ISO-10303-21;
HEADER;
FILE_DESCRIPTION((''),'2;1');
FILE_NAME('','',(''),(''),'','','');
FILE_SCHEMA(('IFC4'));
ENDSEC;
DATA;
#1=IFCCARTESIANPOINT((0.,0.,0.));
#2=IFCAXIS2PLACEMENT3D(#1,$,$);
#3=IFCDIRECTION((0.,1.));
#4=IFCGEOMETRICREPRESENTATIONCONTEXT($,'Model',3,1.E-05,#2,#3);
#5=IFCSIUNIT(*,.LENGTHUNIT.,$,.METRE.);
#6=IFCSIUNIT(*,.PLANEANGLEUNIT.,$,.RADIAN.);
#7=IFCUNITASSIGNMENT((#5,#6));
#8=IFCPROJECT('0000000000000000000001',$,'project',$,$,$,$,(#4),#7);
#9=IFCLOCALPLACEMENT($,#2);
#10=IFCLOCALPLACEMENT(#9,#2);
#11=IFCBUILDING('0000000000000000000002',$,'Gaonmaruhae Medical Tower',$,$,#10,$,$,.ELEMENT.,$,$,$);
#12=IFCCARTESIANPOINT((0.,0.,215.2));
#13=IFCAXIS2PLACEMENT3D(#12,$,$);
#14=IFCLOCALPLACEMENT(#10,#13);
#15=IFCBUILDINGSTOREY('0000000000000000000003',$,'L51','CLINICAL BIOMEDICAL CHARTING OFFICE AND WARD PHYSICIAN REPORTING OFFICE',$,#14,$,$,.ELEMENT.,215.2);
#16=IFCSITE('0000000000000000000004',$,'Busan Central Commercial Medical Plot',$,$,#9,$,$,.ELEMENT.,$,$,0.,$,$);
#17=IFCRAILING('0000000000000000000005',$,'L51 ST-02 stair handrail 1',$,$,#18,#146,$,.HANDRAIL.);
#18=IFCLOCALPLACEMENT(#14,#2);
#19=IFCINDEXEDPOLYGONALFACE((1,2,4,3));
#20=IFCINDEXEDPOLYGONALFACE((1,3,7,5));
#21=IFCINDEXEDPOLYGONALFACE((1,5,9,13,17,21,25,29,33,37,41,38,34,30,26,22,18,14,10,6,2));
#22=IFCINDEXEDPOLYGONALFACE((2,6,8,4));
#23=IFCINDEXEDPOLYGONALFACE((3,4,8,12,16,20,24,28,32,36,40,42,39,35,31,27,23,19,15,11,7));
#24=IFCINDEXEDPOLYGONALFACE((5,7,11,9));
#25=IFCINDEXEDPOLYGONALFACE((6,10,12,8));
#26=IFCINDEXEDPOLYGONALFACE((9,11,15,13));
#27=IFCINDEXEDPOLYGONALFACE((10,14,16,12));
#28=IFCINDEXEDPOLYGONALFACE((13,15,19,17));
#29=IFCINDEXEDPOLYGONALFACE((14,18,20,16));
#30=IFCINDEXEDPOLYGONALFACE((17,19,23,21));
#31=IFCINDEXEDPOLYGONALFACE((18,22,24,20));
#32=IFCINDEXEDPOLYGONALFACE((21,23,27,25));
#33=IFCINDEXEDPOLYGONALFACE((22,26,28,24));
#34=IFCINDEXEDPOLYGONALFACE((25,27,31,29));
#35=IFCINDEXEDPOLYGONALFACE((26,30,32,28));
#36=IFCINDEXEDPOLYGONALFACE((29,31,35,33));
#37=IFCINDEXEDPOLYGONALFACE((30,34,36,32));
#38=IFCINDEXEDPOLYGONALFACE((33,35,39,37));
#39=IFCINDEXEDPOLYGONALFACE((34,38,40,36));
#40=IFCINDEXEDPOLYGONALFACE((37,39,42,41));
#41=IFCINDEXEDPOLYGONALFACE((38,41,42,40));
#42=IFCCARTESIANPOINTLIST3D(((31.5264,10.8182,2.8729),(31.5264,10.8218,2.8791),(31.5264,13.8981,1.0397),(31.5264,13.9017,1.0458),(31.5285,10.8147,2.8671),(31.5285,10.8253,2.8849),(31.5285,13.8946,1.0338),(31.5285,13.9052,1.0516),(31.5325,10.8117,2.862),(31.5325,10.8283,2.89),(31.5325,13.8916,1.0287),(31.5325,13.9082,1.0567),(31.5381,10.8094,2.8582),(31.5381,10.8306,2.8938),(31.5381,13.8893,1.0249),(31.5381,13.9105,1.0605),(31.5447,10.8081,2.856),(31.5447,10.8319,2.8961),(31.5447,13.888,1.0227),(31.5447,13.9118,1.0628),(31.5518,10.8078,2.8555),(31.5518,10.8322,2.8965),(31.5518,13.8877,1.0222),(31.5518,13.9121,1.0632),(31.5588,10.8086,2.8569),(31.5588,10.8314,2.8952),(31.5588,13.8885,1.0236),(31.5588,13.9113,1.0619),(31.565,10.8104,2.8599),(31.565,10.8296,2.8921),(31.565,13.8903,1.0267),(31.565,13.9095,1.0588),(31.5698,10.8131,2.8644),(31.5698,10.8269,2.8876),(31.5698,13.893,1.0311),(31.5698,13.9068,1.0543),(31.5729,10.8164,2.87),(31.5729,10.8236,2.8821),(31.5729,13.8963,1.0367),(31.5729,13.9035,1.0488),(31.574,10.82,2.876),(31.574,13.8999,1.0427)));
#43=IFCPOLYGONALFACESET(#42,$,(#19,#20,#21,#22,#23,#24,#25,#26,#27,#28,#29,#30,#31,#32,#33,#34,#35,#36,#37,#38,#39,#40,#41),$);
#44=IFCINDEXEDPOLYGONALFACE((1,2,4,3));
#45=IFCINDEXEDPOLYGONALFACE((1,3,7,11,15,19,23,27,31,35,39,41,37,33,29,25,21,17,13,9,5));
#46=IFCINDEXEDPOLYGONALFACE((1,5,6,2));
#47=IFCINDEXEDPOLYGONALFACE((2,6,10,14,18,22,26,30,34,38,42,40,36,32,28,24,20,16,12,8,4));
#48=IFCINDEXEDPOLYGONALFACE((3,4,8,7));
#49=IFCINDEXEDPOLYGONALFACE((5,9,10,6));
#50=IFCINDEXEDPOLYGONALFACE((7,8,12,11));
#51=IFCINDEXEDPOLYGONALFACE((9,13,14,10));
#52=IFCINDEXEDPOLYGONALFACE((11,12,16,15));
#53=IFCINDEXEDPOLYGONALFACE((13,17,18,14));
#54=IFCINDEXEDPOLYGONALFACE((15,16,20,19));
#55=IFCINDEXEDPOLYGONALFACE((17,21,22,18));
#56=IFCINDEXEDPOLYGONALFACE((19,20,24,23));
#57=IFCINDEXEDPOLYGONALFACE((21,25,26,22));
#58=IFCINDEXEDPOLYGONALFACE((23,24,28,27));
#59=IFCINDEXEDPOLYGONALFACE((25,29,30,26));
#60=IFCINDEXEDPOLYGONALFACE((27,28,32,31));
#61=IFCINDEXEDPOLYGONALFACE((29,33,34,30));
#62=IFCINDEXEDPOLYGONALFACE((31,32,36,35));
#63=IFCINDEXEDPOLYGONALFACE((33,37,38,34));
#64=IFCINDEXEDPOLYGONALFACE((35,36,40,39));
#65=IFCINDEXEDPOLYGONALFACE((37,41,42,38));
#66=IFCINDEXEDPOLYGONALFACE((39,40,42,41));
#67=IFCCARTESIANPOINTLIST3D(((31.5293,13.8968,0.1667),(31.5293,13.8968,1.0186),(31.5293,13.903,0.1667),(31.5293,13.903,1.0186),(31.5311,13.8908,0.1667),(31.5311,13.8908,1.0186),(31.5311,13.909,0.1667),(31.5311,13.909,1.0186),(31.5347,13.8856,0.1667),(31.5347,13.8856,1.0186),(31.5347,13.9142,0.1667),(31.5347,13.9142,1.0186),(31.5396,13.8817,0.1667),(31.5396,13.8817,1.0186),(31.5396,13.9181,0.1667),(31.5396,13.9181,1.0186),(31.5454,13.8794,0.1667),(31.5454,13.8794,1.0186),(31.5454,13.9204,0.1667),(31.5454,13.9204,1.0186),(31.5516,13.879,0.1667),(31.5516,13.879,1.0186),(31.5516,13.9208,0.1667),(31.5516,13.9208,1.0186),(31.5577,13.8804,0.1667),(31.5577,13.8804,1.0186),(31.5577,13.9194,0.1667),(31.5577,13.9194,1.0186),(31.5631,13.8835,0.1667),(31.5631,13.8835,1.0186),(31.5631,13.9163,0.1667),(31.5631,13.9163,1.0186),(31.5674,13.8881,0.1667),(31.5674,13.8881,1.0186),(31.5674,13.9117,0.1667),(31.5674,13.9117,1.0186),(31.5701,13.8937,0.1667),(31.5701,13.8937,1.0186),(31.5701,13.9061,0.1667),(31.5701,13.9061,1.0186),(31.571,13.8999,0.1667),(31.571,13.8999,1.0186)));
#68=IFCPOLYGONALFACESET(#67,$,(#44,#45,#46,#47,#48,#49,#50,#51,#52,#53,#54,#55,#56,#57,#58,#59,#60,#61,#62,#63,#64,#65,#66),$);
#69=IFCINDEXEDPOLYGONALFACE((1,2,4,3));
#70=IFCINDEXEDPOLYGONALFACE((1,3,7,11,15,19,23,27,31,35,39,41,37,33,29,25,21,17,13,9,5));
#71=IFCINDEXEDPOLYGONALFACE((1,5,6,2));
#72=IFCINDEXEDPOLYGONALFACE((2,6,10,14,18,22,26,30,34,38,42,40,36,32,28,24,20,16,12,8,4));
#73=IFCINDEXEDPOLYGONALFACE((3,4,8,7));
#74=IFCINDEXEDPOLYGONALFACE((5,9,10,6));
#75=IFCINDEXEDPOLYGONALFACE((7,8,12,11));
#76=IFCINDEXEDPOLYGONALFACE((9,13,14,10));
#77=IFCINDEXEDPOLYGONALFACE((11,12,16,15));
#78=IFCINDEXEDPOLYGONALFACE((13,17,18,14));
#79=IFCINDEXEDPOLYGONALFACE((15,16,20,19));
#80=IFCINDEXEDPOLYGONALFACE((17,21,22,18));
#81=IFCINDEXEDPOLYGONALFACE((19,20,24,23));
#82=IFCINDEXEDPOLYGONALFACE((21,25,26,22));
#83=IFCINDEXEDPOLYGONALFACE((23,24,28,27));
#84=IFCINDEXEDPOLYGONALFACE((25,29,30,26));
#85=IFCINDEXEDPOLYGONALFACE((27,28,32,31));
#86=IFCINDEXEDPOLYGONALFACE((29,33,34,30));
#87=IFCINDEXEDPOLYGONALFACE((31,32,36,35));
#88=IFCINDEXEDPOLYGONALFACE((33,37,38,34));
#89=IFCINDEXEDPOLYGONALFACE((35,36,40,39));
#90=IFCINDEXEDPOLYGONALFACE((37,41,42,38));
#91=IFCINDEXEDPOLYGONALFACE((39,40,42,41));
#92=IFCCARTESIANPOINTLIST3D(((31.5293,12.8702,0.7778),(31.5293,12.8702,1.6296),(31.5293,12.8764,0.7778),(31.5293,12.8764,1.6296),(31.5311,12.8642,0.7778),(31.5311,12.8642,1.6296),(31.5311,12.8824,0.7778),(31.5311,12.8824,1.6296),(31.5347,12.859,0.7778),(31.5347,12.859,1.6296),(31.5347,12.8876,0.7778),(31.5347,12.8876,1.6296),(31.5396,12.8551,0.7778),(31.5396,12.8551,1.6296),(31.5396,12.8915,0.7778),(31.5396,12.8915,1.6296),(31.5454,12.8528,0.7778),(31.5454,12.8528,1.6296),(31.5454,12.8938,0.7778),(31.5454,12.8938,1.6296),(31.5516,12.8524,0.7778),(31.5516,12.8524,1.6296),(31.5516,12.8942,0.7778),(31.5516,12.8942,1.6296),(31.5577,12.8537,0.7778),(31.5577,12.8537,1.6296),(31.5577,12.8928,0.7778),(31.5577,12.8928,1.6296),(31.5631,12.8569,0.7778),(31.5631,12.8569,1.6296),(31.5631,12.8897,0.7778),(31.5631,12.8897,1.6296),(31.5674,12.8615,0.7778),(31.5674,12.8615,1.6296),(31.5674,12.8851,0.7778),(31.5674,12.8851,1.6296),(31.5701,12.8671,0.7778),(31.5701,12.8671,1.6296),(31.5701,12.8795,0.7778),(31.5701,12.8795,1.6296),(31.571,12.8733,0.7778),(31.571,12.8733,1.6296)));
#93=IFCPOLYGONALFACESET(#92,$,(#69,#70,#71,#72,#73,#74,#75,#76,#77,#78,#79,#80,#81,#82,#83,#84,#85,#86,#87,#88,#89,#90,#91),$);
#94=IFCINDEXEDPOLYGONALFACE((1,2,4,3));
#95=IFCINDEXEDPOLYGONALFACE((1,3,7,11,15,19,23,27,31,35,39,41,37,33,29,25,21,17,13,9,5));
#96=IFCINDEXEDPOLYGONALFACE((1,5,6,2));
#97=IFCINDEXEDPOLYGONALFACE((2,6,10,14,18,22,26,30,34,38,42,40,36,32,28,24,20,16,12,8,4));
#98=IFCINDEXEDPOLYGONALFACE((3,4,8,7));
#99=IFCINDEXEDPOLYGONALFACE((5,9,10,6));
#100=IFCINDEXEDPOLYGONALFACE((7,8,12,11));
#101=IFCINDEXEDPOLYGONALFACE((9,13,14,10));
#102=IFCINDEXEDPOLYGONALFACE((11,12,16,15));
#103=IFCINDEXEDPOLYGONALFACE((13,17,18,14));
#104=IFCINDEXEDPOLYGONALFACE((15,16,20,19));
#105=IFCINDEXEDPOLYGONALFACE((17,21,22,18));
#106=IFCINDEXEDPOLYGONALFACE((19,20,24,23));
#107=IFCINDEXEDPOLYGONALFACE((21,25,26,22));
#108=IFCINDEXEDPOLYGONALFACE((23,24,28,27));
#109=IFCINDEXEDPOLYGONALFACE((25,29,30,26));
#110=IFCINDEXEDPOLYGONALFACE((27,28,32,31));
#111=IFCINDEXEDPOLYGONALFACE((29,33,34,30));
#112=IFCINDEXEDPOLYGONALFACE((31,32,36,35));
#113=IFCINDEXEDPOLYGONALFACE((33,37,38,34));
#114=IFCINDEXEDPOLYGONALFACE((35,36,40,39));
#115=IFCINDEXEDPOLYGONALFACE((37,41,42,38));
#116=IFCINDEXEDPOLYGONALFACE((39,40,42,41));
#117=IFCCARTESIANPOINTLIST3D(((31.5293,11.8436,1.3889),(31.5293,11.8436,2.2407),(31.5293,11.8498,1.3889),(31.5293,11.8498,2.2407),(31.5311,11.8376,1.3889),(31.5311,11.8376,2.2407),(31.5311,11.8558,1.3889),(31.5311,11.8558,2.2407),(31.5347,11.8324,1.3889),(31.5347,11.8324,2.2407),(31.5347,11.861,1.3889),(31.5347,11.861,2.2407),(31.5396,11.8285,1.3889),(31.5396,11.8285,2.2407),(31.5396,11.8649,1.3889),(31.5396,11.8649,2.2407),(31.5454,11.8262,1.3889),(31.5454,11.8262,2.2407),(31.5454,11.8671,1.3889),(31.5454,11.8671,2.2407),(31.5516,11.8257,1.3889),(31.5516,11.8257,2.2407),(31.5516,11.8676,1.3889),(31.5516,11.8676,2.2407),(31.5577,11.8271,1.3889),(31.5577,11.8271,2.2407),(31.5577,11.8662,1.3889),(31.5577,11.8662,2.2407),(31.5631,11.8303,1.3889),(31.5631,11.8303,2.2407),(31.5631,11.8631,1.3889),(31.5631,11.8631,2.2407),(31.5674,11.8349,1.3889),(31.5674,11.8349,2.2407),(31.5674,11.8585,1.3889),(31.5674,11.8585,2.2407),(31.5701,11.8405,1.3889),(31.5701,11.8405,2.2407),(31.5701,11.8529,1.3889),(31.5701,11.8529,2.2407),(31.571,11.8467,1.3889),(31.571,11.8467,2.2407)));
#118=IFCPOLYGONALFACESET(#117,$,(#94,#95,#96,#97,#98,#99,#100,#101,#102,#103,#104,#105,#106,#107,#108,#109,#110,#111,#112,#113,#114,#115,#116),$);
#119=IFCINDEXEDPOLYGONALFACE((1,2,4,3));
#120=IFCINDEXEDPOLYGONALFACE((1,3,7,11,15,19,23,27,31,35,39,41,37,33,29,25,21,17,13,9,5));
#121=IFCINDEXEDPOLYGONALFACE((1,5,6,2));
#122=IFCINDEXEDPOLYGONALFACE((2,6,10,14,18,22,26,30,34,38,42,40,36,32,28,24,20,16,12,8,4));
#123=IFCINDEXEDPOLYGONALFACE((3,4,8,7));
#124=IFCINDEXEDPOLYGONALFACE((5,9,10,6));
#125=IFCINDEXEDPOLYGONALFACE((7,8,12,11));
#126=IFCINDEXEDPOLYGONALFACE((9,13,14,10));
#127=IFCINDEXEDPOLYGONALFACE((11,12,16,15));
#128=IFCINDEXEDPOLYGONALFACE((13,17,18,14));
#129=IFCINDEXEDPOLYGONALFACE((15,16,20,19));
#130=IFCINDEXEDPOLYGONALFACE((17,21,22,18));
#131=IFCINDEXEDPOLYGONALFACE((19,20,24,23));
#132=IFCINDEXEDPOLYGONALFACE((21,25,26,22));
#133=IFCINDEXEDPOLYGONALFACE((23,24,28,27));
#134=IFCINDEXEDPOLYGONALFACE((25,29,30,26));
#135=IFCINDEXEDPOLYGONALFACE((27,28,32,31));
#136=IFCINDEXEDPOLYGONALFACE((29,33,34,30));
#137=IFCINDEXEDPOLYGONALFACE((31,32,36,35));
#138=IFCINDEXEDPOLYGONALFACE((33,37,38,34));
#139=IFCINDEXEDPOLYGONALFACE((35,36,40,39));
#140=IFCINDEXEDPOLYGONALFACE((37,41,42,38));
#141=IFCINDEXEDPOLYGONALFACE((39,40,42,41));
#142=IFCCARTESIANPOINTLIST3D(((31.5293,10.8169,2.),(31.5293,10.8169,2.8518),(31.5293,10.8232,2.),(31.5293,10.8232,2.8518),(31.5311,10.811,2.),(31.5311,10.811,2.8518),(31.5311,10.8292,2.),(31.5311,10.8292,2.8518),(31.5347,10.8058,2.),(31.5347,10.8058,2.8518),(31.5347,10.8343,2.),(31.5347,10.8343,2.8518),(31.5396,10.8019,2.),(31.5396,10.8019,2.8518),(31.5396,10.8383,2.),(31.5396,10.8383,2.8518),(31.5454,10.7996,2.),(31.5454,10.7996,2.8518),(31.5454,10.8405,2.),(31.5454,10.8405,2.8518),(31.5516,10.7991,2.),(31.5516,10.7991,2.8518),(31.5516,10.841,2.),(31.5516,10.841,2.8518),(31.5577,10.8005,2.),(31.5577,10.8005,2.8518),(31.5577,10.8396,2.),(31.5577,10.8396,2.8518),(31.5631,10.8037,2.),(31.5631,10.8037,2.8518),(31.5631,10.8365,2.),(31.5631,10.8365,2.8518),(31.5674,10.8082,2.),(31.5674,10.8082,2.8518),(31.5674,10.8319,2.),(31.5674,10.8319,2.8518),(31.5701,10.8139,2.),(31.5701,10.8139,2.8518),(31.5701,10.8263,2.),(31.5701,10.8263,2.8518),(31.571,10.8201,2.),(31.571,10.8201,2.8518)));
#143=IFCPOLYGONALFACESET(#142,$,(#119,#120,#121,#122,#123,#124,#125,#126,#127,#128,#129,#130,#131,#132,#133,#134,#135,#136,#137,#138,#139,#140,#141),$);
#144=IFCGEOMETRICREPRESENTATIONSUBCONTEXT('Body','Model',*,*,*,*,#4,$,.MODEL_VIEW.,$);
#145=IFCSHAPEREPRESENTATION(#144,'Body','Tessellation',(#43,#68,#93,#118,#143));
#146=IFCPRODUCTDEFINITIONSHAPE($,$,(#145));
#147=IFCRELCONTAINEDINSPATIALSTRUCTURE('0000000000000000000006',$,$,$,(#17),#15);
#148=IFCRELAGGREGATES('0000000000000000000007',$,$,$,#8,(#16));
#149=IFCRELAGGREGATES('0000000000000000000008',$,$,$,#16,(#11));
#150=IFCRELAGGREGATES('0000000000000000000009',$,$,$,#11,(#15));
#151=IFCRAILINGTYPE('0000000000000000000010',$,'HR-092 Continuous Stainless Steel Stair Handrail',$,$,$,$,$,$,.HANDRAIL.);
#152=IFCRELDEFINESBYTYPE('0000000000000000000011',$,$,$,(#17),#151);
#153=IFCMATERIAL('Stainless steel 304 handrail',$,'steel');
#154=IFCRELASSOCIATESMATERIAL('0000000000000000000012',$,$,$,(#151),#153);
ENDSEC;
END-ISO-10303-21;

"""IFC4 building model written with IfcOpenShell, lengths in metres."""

from ifc_helpers import new_model, si_unit, direction, frame, origin, origin_2d, place, context, subcontext, project, spatial, circle, extrude, material, type_object, element, save


model = new_model("IFC4")

# Units and contexts
model_context = context("Model", 3, precision=1e-05, world=origin(), true_north=direction((0.0, 1.0)))
body_context = subcontext(model_context, "Body", "Model", "MODEL_VIEW")
ifc_project = project(units=[si_unit("LENGTHUNIT", "METRE"), si_unit("PLANEANGLEUNIT", "RADIAN")], contexts=[model_context])

# Site, building, storey
site_placement = place(None, origin())
site = spatial("IfcSite", under=ifc_project, at=site_placement, Name="Busan Central Commercial Medical Plot", CompositionType="ELEMENT", RefElevation=0.0)
building_placement = place(site_placement, origin())
building = spatial("IfcBuilding", under=site, at=building_placement, Name="Gaonmaruhae Medical Tower", CompositionType="ELEMENT")
storey_placement = place(building_placement, frame((0.0, 0.0, 215.2)))
storey = spatial("IfcBuildingStorey", under=building, at=storey_placement, Name="L51", Description="CLINICAL BIOMEDICAL CHARTING OFFICE AND WARD PHYSICIAN REPORTING OFFICE", CompositionType="ELEMENT", Elevation=215.2)

# Railing
ifc_material_1 = material(Name="Stainless steel 304 handrail", Category="steel")
railing_type_1 = type_object("IfcRailingType", Name="HR-092 Continuous Stainless Steel Stair Handrail", PredefinedType="HANDRAIL", material=ifc_material_1)
railing_1_placement = place(storey_placement, frame((31.55, 13.8999, 0.1667)))
element("IfcRailing", 1, at=railing_1_placement, inside=storey, type_object=railing_type_1, Name="L51 ST-02 stair handrail 1", PredefinedType="HANDRAIL", context=body_context, shape_type="SweptSolid", body=[
    extrude(circle(Radius=0.0239, at=origin_2d()), frame((0.0, 0.0, 0.876), z_axis=(0.0, -0.859291, 0.511487), x_axis=(1.0, 0.0, 0.0)), (0.0, 0.0, 1.0), 3.5842),
    extrude(circle(Radius=0.021, at=origin_2d()), origin(), (0.0, 0.0, 1.0), 0.8518),
    extrude(circle(Radius=0.021, at=origin_2d()), frame((0.0, -1.0266, 0.6111)), (0.0, 0.0, 1.0), 0.8518),
    extrude(circle(Radius=0.021, at=origin_2d()), frame((0.0, -2.0532, 1.2222)), (0.0, 0.0, 1.0), 0.8518),
    extrude(circle(Radius=0.021, at=origin_2d()), frame((0.0, -3.0798, 1.8333)), (0.0, 0.0, 1.0), 0.8518),
])

save(model, "model.ifc")
